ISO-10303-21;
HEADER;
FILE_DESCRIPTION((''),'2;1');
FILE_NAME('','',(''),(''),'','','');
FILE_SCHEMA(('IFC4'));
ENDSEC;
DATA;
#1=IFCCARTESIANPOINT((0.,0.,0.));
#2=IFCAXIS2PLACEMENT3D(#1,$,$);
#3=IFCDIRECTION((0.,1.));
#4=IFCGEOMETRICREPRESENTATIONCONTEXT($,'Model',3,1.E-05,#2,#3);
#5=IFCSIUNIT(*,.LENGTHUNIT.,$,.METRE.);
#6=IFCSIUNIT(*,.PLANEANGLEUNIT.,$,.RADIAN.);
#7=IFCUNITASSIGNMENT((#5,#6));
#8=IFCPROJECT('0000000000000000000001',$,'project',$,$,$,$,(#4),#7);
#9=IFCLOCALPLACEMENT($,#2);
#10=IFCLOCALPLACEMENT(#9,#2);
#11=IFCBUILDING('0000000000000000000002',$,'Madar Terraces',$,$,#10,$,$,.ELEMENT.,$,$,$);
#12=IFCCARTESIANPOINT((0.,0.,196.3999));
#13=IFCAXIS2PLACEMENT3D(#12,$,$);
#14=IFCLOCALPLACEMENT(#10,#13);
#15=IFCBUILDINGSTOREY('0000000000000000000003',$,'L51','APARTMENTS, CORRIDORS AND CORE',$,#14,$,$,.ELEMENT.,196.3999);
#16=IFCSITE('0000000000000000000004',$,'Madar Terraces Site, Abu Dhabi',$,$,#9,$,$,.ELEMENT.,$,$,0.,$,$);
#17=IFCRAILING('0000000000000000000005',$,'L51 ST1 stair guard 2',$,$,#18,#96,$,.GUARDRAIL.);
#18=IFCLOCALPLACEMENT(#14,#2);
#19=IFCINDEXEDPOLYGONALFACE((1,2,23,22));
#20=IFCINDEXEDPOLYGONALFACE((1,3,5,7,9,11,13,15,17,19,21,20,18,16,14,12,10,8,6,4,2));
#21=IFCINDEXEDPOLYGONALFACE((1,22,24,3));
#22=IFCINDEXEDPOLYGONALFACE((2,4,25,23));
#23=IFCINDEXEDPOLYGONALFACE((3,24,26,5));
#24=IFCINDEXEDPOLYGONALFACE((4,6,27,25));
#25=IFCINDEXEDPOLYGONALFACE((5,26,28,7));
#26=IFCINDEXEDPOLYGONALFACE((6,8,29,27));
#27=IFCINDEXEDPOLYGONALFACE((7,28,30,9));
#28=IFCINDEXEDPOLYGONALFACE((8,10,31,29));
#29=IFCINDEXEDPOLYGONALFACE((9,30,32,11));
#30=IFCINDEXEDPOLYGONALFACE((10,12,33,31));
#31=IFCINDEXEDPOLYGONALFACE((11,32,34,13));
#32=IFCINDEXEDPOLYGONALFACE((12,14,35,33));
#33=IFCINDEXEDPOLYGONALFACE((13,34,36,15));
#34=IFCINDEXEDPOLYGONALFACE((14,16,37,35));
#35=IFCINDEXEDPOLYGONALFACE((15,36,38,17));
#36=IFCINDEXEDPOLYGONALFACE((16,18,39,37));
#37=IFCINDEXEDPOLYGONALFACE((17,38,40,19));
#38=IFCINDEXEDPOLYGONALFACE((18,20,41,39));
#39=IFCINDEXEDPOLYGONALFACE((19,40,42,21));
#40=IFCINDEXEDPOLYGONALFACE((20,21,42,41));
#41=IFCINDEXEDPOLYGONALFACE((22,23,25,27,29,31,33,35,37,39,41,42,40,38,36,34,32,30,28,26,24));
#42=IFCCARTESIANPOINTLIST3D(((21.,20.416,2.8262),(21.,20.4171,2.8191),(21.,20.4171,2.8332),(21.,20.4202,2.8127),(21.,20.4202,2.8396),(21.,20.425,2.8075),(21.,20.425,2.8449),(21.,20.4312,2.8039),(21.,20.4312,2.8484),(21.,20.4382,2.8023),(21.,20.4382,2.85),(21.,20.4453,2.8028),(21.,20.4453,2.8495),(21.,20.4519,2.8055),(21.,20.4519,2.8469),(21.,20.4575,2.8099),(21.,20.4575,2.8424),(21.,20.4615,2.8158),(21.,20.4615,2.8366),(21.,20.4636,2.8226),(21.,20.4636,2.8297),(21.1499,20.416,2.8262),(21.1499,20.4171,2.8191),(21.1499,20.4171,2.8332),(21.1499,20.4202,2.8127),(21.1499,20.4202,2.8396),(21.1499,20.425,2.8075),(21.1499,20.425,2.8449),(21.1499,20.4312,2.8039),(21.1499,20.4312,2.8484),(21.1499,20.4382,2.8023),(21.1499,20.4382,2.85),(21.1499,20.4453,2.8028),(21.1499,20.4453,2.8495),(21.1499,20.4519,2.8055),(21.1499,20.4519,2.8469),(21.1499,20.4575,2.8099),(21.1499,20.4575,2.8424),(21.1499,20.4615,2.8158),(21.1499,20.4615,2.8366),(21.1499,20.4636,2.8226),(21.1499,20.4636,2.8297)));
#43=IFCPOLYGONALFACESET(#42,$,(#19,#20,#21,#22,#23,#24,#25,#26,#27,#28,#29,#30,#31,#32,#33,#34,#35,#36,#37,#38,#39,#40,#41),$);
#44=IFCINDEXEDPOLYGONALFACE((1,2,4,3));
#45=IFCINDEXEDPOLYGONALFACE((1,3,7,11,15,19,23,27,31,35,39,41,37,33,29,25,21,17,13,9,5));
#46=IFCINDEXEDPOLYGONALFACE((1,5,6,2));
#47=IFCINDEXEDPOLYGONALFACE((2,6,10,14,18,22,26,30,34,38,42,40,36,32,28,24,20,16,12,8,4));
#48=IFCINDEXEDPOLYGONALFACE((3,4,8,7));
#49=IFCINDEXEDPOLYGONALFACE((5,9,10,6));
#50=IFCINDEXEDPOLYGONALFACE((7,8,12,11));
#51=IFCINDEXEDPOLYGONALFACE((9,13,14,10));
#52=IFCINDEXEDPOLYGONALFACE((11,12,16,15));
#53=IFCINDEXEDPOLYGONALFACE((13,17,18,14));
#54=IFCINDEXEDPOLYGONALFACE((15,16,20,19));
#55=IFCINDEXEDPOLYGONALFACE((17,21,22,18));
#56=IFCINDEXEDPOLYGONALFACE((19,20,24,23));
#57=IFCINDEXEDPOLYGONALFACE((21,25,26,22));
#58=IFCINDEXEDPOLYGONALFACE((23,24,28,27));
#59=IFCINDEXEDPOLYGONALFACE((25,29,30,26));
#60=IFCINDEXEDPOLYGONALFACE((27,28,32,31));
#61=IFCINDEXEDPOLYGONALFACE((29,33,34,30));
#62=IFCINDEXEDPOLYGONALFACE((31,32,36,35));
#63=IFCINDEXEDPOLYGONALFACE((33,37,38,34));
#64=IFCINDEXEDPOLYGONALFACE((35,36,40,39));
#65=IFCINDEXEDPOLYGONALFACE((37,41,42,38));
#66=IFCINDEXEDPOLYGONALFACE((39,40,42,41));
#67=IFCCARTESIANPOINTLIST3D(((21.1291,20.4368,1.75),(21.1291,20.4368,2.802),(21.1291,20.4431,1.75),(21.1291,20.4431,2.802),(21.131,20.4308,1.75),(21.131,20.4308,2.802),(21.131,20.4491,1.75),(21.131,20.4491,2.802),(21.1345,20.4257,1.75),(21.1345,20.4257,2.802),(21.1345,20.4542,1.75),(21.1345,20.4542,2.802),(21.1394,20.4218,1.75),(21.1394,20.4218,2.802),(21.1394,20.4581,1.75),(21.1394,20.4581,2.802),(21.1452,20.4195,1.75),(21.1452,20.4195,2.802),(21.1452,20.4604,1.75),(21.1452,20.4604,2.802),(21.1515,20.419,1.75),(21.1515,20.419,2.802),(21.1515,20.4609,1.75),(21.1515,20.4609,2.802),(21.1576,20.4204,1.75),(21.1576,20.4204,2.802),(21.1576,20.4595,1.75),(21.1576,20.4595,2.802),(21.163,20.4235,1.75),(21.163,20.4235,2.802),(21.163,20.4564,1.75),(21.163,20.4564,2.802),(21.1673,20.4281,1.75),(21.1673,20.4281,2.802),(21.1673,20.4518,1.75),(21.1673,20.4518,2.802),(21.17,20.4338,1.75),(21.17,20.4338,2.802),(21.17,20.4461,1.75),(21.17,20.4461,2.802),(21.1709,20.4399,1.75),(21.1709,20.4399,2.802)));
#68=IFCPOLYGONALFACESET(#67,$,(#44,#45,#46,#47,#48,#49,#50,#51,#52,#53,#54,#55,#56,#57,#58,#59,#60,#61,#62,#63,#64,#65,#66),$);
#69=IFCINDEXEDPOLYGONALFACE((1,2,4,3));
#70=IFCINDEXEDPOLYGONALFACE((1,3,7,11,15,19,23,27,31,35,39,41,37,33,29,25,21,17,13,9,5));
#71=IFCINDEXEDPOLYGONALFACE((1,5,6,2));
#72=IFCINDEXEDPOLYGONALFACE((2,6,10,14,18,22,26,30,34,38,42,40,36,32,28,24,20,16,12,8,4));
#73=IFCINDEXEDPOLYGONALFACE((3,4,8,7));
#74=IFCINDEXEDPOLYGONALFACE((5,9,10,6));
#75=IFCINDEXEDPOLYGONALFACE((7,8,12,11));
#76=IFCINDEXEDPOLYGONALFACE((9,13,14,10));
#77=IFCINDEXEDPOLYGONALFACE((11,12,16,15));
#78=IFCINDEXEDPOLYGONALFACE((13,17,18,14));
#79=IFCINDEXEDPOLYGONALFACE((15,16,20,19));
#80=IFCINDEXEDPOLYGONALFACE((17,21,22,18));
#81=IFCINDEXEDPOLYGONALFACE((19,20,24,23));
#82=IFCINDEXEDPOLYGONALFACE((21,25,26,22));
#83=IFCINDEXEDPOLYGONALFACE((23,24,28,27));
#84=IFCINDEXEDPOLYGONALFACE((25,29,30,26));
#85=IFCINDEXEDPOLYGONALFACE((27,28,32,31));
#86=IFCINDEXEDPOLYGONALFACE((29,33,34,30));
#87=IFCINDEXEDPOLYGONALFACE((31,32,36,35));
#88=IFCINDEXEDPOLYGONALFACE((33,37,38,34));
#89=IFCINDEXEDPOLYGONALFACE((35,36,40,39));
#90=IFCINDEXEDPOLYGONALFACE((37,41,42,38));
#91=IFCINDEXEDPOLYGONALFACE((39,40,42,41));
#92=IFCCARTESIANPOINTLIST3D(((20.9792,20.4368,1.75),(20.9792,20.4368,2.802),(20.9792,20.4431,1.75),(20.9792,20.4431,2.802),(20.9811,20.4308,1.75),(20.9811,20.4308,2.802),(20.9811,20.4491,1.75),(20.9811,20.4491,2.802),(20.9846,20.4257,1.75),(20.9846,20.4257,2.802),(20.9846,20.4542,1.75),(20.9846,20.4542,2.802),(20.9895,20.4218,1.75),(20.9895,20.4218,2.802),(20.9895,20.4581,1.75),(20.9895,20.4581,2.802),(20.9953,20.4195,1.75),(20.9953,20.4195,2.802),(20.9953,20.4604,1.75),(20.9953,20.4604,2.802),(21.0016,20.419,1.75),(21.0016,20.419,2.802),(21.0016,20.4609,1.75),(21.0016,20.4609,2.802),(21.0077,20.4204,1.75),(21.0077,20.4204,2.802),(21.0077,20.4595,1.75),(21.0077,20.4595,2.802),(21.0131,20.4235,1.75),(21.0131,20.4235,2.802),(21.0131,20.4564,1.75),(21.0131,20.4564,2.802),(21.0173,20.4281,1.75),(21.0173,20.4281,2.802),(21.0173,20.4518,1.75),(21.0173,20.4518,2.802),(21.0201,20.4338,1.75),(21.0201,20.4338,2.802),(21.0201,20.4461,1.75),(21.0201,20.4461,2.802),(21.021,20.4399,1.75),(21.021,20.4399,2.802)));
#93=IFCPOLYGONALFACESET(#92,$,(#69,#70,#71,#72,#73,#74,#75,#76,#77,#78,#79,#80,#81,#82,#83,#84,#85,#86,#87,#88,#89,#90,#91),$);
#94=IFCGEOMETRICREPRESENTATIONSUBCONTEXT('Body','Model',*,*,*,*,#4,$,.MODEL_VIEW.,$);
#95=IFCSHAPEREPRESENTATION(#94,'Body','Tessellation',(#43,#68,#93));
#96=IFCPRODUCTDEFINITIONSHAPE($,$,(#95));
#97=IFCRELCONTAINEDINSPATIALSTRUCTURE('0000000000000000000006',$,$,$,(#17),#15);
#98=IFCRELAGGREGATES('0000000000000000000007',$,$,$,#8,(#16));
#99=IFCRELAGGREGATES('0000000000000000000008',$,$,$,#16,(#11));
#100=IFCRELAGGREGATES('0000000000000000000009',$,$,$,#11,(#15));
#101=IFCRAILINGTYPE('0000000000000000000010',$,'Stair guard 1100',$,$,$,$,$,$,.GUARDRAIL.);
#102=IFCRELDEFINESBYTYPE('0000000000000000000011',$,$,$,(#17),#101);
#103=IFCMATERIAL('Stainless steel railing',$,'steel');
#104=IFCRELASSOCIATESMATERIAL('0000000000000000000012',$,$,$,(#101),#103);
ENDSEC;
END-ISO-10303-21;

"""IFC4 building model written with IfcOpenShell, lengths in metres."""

from ifc_helpers import new_model, si_unit, direction, frame, origin, origin_2d, place, context, subcontext, project, spatial, circle, extrude, material, type_object, element, save


model = new_model("IFC4")

# Units and contexts
model_context = context("Model", 3, precision=1e-05, world=origin(), true_north=direction((0.0, 1.0)))
body_context = subcontext(model_context, "Body", "Model", "MODEL_VIEW")
ifc_project = project(units=[si_unit("LENGTHUNIT", "METRE"), si_unit("PLANEANGLEUNIT", "RADIAN")], contexts=[model_context])

# Site, building, storey
site_placement = place(None, origin())
site = spatial("IfcSite", under=ifc_project, at=site_placement, Name="Madar Terraces Site, Abu Dhabi", CompositionType="ELEMENT", RefElevation=0.0)
building_placement = place(site_placement, origin())
building = spatial("IfcBuilding", under=site, at=building_placement, Name="Madar Terraces", CompositionType="ELEMENT")
storey_placement = place(building_placement, frame((0.0, 0.0, 196.3999)))
storey = spatial("IfcBuildingStorey", under=building, at=storey_placement, Name="L51", Description="APARTMENTS, CORRIDORS AND CORE", CompositionType="ELEMENT", Elevation=196.3999)

# Railing
ifc_material_1 = material(Name="Stainless steel railing", Category="steel")
railing_type_1 = type_object("IfcRailingType", Name="Stair guard 1100", PredefinedType="GUARDRAIL", material=ifc_material_1)
railing_1_placement = place(storey_placement, frame((21.1499, 20.4399, 1.75)))
element("IfcRailing", 1, at=railing_1_placement, inside=storey, type_object=railing_type_1, Name="L51 ST1 stair guard 2", PredefinedType="GUARDRAIL", context=body_context, shape_type="SweptSolid", body=[
    extrude(circle(Radius=0.0239, at=origin_2d()), frame((0.0, 0.0, 1.0762), z_axis=(-1.0, 0.0, 0.0), x_axis=(0.0, -1.0, 0.0)), (0.0, 0.0, 1.0), 0.1499),
    extrude(circle(Radius=0.021, at=origin_2d()), origin(), (0.0, 0.0, 1.0), 1.052),
    extrude(circle(Radius=0.021, at=origin_2d()), frame((-0.1499, 0.0, 0.0)), (0.0, 0.0, 1.0), 1.052),
])

save(model, "model.ifc")
